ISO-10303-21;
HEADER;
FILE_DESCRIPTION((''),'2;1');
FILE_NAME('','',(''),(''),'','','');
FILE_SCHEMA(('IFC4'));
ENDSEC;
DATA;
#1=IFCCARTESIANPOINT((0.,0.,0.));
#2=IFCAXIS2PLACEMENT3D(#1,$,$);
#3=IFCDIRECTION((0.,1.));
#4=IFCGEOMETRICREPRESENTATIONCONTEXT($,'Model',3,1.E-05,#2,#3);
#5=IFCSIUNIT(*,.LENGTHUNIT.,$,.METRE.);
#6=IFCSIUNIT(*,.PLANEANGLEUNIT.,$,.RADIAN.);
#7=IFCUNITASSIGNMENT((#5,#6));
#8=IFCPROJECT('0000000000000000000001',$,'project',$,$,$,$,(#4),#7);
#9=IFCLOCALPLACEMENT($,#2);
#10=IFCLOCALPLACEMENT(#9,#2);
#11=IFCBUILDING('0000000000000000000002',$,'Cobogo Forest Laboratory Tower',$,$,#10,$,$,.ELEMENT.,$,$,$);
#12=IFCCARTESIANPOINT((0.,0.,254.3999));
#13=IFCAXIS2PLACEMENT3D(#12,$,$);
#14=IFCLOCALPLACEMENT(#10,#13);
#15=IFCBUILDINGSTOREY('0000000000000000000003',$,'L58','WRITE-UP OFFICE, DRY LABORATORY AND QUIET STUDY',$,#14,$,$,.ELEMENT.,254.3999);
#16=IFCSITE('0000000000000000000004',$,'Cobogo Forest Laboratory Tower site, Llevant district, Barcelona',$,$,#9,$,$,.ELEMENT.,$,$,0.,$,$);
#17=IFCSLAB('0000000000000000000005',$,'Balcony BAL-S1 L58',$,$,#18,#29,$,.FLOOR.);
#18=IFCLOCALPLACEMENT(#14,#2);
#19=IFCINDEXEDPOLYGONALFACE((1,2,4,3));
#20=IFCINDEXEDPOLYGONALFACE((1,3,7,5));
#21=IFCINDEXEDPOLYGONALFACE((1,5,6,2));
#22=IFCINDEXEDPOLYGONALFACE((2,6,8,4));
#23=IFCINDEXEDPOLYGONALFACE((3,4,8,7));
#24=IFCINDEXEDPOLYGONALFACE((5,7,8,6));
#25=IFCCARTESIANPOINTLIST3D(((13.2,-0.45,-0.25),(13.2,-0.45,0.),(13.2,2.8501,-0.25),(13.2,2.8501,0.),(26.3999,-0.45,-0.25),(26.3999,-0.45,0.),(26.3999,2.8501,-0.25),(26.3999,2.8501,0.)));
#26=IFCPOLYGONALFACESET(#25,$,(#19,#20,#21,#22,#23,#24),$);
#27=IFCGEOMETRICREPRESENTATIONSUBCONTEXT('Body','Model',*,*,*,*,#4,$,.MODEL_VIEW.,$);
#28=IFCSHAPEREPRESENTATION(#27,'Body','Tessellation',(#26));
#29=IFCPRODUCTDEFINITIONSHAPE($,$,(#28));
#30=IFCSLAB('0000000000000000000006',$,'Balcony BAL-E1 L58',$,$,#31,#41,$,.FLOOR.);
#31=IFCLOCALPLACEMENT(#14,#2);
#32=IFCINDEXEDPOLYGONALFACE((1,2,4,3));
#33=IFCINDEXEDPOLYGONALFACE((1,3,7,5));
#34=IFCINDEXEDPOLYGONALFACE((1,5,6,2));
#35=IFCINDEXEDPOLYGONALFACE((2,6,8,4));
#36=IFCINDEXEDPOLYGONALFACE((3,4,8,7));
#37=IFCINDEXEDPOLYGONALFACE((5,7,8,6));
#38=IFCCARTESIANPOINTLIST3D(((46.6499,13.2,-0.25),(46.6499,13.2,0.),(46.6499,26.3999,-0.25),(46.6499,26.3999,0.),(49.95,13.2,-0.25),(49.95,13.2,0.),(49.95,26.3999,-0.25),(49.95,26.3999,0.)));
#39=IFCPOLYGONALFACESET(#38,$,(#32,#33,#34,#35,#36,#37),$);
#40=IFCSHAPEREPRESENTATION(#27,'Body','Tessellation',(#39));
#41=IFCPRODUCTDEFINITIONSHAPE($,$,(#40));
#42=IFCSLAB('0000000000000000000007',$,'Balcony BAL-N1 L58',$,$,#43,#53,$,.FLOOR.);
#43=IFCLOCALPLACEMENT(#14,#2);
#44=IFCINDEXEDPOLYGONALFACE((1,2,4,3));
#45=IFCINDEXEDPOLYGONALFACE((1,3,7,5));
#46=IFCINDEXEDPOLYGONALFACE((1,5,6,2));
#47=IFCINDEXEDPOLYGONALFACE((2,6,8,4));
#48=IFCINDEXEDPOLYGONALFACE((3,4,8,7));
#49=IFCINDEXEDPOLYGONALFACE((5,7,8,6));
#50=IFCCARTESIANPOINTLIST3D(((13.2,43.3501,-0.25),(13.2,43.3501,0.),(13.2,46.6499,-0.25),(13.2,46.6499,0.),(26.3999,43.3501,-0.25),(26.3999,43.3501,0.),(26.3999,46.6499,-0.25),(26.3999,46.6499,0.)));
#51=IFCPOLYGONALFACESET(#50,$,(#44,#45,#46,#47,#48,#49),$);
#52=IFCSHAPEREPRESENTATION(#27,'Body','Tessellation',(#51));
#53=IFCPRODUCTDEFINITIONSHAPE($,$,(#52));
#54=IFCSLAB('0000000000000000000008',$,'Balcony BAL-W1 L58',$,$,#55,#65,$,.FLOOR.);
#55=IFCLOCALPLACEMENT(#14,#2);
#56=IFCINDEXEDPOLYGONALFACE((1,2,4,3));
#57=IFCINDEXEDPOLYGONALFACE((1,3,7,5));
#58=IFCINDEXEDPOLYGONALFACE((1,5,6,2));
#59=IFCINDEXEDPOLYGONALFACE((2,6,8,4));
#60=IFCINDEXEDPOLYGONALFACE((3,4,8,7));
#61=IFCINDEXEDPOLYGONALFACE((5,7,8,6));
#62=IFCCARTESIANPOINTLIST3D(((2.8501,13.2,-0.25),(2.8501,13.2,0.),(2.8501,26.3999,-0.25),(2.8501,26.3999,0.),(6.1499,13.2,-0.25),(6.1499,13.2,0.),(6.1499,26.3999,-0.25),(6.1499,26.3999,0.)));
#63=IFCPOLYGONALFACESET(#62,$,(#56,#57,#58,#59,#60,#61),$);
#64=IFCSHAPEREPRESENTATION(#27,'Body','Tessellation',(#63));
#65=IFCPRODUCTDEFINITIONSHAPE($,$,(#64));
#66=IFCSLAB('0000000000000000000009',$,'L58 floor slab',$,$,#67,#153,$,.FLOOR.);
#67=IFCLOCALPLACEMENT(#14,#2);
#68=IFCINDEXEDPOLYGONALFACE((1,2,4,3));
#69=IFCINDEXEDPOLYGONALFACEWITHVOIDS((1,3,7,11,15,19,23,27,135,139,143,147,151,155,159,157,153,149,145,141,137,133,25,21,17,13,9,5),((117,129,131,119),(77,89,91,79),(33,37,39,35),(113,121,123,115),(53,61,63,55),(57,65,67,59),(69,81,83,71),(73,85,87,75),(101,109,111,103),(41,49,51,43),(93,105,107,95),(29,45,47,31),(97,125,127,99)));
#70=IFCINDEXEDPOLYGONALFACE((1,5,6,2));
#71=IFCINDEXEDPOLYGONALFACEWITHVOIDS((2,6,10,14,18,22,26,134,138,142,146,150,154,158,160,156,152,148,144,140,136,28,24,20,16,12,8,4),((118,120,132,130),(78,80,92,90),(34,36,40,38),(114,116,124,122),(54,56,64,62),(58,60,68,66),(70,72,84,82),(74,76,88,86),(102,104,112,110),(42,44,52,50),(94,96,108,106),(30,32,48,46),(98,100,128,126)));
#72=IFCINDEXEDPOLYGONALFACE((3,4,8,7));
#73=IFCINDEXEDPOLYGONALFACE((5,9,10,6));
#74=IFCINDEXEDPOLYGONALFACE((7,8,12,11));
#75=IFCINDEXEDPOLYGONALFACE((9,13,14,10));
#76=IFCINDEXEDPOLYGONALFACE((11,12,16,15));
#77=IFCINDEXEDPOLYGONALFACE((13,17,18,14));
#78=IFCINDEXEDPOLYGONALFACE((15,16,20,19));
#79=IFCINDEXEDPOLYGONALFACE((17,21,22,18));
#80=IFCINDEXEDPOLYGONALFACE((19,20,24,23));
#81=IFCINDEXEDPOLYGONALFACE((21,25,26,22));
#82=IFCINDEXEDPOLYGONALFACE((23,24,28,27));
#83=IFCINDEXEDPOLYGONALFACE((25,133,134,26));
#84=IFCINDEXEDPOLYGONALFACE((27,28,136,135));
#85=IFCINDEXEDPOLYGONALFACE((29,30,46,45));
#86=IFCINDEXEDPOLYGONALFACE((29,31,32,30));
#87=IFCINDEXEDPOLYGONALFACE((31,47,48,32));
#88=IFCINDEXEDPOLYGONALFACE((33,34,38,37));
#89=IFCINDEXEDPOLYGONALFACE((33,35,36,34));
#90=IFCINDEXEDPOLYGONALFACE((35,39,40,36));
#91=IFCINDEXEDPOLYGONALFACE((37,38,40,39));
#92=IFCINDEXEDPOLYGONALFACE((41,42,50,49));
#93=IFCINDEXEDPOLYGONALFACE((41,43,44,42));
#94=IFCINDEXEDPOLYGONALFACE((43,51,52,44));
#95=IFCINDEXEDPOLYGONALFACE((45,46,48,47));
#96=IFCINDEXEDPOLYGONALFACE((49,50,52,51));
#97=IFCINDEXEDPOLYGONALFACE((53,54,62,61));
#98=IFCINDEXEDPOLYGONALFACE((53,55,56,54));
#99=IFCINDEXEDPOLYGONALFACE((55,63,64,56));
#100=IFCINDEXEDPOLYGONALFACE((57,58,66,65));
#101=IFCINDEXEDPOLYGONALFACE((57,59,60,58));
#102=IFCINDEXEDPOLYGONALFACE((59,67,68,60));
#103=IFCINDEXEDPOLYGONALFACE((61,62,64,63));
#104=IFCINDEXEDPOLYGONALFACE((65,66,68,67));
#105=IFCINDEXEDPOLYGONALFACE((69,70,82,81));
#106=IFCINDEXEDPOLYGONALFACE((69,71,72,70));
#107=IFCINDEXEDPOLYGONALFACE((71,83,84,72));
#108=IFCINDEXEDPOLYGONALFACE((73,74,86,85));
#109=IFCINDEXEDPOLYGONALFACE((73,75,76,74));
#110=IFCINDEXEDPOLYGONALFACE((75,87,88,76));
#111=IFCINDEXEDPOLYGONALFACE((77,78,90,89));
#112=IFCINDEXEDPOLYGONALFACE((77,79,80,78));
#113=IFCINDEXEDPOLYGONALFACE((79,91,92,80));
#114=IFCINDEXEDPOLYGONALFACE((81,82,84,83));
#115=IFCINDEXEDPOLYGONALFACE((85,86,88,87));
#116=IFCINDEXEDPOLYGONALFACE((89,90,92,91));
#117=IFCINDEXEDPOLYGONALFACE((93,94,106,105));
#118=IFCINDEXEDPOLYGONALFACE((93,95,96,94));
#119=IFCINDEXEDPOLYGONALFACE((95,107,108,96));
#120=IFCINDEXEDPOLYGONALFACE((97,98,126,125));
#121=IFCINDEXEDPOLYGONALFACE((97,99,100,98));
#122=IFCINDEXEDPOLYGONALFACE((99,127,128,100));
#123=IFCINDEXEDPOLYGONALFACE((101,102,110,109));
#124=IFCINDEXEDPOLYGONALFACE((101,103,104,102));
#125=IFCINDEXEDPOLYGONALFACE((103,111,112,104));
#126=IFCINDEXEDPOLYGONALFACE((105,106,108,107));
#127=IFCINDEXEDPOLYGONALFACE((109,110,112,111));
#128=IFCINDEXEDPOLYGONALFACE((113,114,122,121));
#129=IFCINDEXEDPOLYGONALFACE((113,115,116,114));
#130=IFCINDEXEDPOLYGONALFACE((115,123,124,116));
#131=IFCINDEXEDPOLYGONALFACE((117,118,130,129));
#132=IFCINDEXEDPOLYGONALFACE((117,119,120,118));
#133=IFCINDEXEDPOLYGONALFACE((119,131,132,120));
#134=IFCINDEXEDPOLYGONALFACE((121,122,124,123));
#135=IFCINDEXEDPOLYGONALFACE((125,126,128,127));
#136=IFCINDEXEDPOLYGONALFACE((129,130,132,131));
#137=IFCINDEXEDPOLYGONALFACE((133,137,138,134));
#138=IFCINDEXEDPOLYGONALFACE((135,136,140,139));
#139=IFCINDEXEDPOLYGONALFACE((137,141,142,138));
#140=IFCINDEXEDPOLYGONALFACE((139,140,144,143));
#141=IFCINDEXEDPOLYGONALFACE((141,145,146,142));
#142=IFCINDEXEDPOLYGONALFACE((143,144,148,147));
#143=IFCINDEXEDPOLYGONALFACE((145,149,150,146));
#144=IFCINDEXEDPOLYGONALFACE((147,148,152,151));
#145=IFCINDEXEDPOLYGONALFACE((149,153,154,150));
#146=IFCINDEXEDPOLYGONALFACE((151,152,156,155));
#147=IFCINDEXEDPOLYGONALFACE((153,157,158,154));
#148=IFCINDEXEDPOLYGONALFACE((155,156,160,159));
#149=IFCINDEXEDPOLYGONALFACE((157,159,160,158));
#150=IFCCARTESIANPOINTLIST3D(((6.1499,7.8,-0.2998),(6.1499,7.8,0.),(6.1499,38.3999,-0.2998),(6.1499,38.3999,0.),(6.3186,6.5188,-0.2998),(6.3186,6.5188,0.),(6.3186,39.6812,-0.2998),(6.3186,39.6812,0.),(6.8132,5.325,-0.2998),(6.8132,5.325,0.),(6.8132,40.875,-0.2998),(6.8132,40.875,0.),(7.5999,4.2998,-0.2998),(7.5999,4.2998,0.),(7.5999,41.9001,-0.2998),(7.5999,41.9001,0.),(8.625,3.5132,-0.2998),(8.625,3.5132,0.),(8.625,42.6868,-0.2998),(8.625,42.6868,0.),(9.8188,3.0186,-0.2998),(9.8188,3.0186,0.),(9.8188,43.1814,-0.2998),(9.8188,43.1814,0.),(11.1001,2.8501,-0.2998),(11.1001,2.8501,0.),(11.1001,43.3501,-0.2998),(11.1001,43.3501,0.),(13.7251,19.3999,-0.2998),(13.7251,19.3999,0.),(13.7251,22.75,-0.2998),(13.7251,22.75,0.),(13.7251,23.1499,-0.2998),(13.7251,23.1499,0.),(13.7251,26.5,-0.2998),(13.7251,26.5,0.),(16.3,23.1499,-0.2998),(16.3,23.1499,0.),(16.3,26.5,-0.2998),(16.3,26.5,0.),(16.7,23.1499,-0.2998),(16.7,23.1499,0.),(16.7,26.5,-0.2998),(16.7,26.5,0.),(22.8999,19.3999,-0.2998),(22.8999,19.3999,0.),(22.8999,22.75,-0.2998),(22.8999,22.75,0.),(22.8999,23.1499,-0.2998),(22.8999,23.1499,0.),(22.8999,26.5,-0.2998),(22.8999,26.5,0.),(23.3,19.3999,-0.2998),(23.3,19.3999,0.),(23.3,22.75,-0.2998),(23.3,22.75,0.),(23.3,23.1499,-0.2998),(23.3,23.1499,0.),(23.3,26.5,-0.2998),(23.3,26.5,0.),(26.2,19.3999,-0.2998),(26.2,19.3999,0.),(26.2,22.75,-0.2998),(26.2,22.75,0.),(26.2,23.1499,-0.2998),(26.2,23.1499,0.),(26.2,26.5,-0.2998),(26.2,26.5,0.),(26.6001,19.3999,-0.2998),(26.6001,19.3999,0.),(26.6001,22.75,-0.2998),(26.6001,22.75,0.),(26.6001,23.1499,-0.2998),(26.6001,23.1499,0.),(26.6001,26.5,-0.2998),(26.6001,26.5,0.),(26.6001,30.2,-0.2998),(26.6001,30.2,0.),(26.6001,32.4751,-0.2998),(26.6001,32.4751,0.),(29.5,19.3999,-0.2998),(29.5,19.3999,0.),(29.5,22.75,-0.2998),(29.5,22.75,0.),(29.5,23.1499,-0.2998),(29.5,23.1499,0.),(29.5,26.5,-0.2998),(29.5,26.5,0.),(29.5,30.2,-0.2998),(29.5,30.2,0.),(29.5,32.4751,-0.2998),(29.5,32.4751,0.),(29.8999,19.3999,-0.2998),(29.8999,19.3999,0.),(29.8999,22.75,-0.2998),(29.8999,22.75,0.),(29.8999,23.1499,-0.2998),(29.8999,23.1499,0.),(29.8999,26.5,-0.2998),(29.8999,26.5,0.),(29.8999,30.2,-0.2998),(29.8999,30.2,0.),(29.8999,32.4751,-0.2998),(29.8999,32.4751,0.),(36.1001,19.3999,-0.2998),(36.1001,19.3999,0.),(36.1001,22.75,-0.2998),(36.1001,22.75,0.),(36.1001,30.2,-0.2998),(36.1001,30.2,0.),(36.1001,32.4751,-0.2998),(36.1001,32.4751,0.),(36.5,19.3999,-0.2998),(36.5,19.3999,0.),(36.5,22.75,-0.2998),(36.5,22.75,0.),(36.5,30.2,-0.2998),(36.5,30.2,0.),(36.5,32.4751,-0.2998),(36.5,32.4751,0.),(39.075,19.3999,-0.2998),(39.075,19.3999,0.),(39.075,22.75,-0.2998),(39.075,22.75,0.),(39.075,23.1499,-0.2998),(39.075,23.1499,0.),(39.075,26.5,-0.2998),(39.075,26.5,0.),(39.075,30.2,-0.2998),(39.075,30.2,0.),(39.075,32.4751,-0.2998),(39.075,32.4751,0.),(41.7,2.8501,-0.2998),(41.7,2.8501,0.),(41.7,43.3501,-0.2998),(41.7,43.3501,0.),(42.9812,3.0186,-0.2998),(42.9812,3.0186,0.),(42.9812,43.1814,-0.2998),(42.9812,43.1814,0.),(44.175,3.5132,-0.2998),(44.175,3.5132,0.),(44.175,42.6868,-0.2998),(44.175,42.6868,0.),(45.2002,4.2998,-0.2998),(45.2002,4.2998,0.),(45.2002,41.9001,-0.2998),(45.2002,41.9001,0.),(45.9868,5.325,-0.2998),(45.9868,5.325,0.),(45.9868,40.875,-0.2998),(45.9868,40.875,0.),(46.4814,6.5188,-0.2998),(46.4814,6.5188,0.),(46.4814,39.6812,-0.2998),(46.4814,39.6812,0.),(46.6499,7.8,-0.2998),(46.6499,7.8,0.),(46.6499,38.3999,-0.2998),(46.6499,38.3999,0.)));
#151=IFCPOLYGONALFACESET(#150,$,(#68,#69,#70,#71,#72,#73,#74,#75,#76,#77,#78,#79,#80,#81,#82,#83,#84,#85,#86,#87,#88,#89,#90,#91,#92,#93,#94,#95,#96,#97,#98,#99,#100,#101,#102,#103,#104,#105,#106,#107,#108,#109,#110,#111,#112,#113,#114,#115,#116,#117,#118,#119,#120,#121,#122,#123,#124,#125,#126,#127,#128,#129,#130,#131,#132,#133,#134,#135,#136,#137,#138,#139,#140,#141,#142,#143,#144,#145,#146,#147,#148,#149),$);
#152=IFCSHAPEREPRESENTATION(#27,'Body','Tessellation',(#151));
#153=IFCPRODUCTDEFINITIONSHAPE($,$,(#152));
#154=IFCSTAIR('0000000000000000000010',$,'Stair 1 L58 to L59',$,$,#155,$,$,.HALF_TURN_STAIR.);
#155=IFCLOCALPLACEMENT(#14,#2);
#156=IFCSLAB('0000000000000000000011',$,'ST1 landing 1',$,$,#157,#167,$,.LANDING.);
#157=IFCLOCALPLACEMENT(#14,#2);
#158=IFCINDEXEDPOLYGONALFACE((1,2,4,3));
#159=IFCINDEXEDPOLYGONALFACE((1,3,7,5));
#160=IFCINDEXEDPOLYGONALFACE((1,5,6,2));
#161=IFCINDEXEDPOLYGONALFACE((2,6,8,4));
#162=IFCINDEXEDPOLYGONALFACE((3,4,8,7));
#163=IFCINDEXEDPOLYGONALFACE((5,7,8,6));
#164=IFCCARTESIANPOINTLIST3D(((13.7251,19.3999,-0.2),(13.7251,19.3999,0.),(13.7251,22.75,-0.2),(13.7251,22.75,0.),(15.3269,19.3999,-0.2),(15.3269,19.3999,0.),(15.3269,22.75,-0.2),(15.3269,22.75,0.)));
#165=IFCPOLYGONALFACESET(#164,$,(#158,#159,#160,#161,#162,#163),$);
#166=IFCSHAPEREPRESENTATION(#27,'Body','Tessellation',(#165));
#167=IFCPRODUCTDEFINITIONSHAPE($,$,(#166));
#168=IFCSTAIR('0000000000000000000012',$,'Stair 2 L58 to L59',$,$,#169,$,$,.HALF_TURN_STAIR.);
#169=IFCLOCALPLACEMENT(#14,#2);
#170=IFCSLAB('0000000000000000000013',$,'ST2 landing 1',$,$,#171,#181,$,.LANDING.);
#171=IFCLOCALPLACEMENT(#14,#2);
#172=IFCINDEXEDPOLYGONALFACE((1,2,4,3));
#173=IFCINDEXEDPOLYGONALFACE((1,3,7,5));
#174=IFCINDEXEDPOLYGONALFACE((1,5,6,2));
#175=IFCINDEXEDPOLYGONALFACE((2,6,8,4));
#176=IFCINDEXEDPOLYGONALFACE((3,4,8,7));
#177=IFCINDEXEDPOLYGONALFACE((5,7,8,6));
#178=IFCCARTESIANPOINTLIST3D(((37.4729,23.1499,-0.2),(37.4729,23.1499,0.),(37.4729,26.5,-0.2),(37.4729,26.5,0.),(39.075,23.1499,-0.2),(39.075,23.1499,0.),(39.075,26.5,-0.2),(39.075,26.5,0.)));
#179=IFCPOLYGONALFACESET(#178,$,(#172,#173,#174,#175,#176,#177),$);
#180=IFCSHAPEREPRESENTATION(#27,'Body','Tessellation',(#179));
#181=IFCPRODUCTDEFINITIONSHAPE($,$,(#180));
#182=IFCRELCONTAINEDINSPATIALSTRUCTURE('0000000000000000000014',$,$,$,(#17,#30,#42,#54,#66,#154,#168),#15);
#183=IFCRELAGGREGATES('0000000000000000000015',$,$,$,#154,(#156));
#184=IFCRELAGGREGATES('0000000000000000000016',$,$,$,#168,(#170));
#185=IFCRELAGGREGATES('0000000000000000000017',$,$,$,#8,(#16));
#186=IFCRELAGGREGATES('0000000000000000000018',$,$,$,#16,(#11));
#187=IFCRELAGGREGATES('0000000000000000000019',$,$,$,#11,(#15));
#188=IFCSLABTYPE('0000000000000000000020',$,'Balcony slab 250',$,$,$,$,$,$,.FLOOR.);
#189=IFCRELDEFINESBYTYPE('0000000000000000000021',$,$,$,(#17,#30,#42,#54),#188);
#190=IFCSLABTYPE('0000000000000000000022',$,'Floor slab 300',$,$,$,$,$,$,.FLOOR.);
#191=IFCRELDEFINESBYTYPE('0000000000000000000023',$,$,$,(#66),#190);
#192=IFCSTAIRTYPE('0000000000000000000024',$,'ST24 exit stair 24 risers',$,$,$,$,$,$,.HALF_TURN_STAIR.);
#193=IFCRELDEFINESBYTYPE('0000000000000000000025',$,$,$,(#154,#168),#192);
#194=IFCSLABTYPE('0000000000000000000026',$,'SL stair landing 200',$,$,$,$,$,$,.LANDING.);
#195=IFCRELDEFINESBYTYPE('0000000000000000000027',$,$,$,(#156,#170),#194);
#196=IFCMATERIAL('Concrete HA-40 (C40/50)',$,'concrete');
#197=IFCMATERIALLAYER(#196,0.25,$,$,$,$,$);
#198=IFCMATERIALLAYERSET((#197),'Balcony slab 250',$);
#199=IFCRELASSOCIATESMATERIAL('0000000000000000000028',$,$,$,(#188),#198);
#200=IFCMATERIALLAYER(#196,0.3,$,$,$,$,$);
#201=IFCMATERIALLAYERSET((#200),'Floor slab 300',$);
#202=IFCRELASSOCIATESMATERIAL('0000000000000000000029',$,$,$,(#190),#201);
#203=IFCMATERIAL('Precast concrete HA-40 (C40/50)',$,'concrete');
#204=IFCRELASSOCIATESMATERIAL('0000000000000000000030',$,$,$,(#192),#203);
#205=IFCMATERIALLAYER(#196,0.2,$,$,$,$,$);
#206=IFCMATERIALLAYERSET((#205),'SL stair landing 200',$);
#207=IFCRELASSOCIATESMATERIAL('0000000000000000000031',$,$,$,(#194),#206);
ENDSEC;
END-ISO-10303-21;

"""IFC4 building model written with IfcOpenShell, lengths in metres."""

from ifc_helpers import new_model, si_unit, direction, frame, origin, place, context, subcontext, project, spatial, polyline, outline, extrude, material, layer, layer_set, type_object, element, aggregate, save


model = new_model("IFC4")

# Units and contexts
model_context = context("Model", 3, precision=1e-05, world=origin(), true_north=direction((0.0, 1.0)))
body_context = subcontext(model_context, "Body", "Model", "MODEL_VIEW")
ifc_project = project(units=[si_unit("LENGTHUNIT", "METRE"), si_unit("PLANEANGLEUNIT", "RADIAN")], contexts=[model_context])

# Site, building, storey
site_placement = place(None, origin())
site = spatial("IfcSite", under=ifc_project, at=site_placement, Name="Cobogo Forest Laboratory Tower site, Llevant district, Barcelona", CompositionType="ELEMENT", RefElevation=0.0)
building_placement = place(site_placement, origin())
building = spatial("IfcBuilding", under=site, at=building_placement, Name="Cobogo Forest Laboratory Tower", CompositionType="ELEMENT")
storey_placement = place(building_placement, frame((0.0, 0.0, 254.3999)))
storey = spatial("IfcBuildingStorey", under=building, at=storey_placement, Name="L58", Description="WRITE-UP OFFICE, DRY LABORATORY AND QUIET STUDY", CompositionType="ELEMENT", Elevation=254.3999)

# Slabs
ifc_material_1 = material(Name="Concrete HA-40 (C40/50)", Category="concrete")
ifc_layer_1 = layer(ifc_material_1, 0.25)
ifc_layer_set_1 = layer_set([ifc_layer_1], Name="Balcony slab 250")
slab_type_1 = type_object("IfcSlabType", Name="Balcony slab 250", PredefinedType="FLOOR", material=ifc_layer_set_1)
slab_1_placement = place(storey_placement, frame((0.0, 0.0, -0.25)))
element("IfcSlab", 1, at=slab_1_placement, inside=storey, type_object=slab_type_1, Name="Balcony BAL-S1 L58", PredefinedType="FLOOR", context=body_context, shape_type="SweptSolid", body=[
    extrude(outline(polyline([(13.2, -0.45), (26.3999, -0.45), (26.3999, 2.8501), (13.2, 2.8501), (13.2, -0.45)])), origin(), (0.0, 0.0, 1.0), 0.25),
])
slab_2_placement = place(storey_placement, frame((0.0, 0.0, -0.25)))
element("IfcSlab", 2, at=slab_2_placement, inside=storey, type_object=slab_type_1, Name="Balcony BAL-E1 L58", PredefinedType="FLOOR", context=body_context, shape_type="SweptSolid", body=[
    extrude(outline(polyline([(46.6499, 13.2), (49.95, 13.2), (49.95, 26.3999), (46.6499, 26.3999), (46.6499, 13.2)])), origin(), (0.0, 0.0, 1.0), 0.25),
])
slab_3_placement = place(storey_placement, frame((0.0, 0.0, -0.25)))
element("IfcSlab", 3, at=slab_3_placement, inside=storey, type_object=slab_type_1, Name="Balcony BAL-N1 L58", PredefinedType="FLOOR", context=body_context, shape_type="SweptSolid", body=[
    extrude(outline(polyline([(13.2, 43.3501), (26.3999, 43.3501), (26.3999, 46.6499), (13.2, 46.6499), (13.2, 43.3501)])), origin(), (0.0, 0.0, 1.0), 0.25),
])
slab_4_placement = place(storey_placement, frame((0.0, 0.0, -0.25)))
element("IfcSlab", 4, at=slab_4_placement, inside=storey, type_object=slab_type_1, Name="Balcony BAL-W1 L58", PredefinedType="FLOOR", context=body_context, shape_type="SweptSolid", body=[
    extrude(outline(polyline([(2.8501, 13.2), (6.1499, 13.2), (6.1499, 26.3999), (2.8501, 26.3999), (2.8501, 13.2)])), origin(), (0.0, 0.0, 1.0), 0.25),
])
ifc_layer_2 = layer(ifc_material_1, 0.3)
ifc_layer_set_2 = layer_set([ifc_layer_2], Name="Floor slab 300")
slab_type_2 = type_object("IfcSlabType", Name="Floor slab 300", PredefinedType="FLOOR", material=ifc_layer_set_2)
slab_5_placement = place(storey_placement, frame((0.0, 0.0, -0.2998)))
element("IfcSlab", 5, at=slab_5_placement, inside=storey, type_object=slab_type_2, Name="L58 floor slab", PredefinedType="FLOOR", context=body_context, shape_type="SweptSolid", body=[
    extrude(outline(polyline([(41.7, 2.8501), (42.9812, 3.0186), (44.175, 3.5132), (45.2002, 4.2998), (45.9868, 5.325), (46.4814, 6.5188), (46.6499, 7.8), (46.6499, 38.3999), (46.4814, 39.6812), (45.9868, 40.875), (45.2002, 41.9001), (44.175, 42.6868), (42.9812, 43.1814), (41.7, 43.3501), (11.1001, 43.3501), (9.8188, 43.1814), (8.625, 42.6868), (7.5999, 41.9001), (6.8132, 40.875), (6.3186, 39.6812), (6.1499, 38.3999), (6.1499, 7.8), (6.3186, 6.5188), (6.8132, 5.325), (7.5999, 4.2998), (8.625, 3.5132), (9.8188, 3.0186), (11.1001, 2.8501), (41.7, 2.8501)]), holes=[polyline([(22.8999, 19.3999), (13.7251, 19.3999), (13.7251, 22.75), (22.8999, 22.75), (22.8999, 19.3999)]), polyline([(26.2, 19.3999), (23.3, 19.3999), (23.3, 22.75), (26.2, 22.75), (26.2, 19.3999)]), polyline([(29.5, 19.3999), (26.6001, 19.3999), (26.6001, 22.75), (29.5, 22.75), (29.5, 19.3999)]), polyline([(36.1001, 22.75), (36.1001, 19.3999), (29.8999, 19.3999), (29.8999, 22.75), (36.1001, 22.75)]), polyline([(39.075, 19.3999), (36.5, 19.3999), (36.5, 22.75), (39.075, 22.75), (39.075, 19.3999)]), polyline([(16.3, 23.1499), (13.7251, 23.1499), (13.7251, 26.5), (16.3, 26.5), (16.3, 23.1499)]), polyline([(22.8999, 26.5), (22.8999, 23.1499), (16.7, 23.1499), (16.7, 26.5), (22.8999, 26.5)]), polyline([(26.2, 23.1499), (23.3, 23.1499), (23.3, 26.5), (26.2, 26.5), (26.2, 23.1499)]), polyline([(29.5, 23.1499), (26.6001, 23.1499), (26.6001, 26.5), (29.5, 26.5), (29.5, 23.1499)]), polyline([(39.075, 23.1499), (29.8999, 23.1499), (29.8999, 26.5), (39.075, 26.5), (39.075, 23.1499)]), polyline([(29.5, 30.2), (26.6001, 30.2), (26.6001, 32.4751), (29.5, 32.4751), (29.5, 30.2)]), polyline([(36.1001, 32.4751), (36.1001, 30.2), (29.8999, 30.2), (29.8999, 32.4751), (36.1001, 32.4751)]), polyline([(39.075, 30.2), (36.5, 30.2), (36.5, 32.4751), (39.075, 32.4751), (39.075, 30.2)])]), origin(), (0.0, 0.0, 1.0), 0.2998),
])

# Stairs, slabs
ifc_material_2 = material(Name="Precast concrete HA-40 (C40/50)", Category="concrete")
stair_type = type_object("IfcStairType", Name="ST24 exit stair 24 risers", PredefinedType="HALF_TURN_STAIR", material=ifc_material_2)
stair_1_placement = place(storey_placement, origin())
stair_1 = element("IfcStair", 6, at=stair_1_placement, inside=storey, type_object=stair_type, Name="Stair 1 L58 to L59", PredefinedType="HALF_TURN_STAIR")
ifc_layer_3 = layer(ifc_material_1, 0.2)
ifc_layer_set_3 = layer_set([ifc_layer_3], Name="SL stair landing 200")
slab_type_3 = type_object("IfcSlabType", Name="SL stair landing 200", PredefinedType="LANDING", material=ifc_layer_set_3)
slab_6_placement = place(storey_placement, frame((0.0, 0.0, -0.2)))
slab_6 = element("IfcSlab", 7, at=slab_6_placement, type_object=slab_type_3, Name="ST1 landing 1", PredefinedType="LANDING", context=body_context, shape_type="SweptSolid", body=[
    extrude(outline(polyline([(13.7251, 19.3999), (15.3269, 19.3999), (15.3269, 22.75), (13.7251, 22.75), (13.7251, 19.3999)])), origin(), (0.0, 0.0, 1.0), 0.2),
])
aggregate(stair_1, [slab_6])
stair_2_placement = place(storey_placement, origin())
stair_2 = element("IfcStair", 8, at=stair_2_placement, inside=storey, type_object=stair_type, Name="Stair 2 L58 to L59", PredefinedType="HALF_TURN_STAIR")
slab_7_placement = place(storey_placement, frame((0.0, 0.0, -0.2)))
slab_7 = element("IfcSlab", 9, at=slab_7_placement, type_object=slab_type_3, Name="ST2 landing 1", PredefinedType="LANDING", context=body_context, shape_type="SweptSolid", body=[
    extrude(outline(polyline([(37.4729, 23.1499), (39.075, 23.1499), (39.075, 26.5), (37.4729, 26.5), (37.4729, 23.1499)])), origin(), (0.0, 0.0, 1.0), 0.2),
])
aggregate(stair_2, [slab_7])

save(model, "model.ifc")
